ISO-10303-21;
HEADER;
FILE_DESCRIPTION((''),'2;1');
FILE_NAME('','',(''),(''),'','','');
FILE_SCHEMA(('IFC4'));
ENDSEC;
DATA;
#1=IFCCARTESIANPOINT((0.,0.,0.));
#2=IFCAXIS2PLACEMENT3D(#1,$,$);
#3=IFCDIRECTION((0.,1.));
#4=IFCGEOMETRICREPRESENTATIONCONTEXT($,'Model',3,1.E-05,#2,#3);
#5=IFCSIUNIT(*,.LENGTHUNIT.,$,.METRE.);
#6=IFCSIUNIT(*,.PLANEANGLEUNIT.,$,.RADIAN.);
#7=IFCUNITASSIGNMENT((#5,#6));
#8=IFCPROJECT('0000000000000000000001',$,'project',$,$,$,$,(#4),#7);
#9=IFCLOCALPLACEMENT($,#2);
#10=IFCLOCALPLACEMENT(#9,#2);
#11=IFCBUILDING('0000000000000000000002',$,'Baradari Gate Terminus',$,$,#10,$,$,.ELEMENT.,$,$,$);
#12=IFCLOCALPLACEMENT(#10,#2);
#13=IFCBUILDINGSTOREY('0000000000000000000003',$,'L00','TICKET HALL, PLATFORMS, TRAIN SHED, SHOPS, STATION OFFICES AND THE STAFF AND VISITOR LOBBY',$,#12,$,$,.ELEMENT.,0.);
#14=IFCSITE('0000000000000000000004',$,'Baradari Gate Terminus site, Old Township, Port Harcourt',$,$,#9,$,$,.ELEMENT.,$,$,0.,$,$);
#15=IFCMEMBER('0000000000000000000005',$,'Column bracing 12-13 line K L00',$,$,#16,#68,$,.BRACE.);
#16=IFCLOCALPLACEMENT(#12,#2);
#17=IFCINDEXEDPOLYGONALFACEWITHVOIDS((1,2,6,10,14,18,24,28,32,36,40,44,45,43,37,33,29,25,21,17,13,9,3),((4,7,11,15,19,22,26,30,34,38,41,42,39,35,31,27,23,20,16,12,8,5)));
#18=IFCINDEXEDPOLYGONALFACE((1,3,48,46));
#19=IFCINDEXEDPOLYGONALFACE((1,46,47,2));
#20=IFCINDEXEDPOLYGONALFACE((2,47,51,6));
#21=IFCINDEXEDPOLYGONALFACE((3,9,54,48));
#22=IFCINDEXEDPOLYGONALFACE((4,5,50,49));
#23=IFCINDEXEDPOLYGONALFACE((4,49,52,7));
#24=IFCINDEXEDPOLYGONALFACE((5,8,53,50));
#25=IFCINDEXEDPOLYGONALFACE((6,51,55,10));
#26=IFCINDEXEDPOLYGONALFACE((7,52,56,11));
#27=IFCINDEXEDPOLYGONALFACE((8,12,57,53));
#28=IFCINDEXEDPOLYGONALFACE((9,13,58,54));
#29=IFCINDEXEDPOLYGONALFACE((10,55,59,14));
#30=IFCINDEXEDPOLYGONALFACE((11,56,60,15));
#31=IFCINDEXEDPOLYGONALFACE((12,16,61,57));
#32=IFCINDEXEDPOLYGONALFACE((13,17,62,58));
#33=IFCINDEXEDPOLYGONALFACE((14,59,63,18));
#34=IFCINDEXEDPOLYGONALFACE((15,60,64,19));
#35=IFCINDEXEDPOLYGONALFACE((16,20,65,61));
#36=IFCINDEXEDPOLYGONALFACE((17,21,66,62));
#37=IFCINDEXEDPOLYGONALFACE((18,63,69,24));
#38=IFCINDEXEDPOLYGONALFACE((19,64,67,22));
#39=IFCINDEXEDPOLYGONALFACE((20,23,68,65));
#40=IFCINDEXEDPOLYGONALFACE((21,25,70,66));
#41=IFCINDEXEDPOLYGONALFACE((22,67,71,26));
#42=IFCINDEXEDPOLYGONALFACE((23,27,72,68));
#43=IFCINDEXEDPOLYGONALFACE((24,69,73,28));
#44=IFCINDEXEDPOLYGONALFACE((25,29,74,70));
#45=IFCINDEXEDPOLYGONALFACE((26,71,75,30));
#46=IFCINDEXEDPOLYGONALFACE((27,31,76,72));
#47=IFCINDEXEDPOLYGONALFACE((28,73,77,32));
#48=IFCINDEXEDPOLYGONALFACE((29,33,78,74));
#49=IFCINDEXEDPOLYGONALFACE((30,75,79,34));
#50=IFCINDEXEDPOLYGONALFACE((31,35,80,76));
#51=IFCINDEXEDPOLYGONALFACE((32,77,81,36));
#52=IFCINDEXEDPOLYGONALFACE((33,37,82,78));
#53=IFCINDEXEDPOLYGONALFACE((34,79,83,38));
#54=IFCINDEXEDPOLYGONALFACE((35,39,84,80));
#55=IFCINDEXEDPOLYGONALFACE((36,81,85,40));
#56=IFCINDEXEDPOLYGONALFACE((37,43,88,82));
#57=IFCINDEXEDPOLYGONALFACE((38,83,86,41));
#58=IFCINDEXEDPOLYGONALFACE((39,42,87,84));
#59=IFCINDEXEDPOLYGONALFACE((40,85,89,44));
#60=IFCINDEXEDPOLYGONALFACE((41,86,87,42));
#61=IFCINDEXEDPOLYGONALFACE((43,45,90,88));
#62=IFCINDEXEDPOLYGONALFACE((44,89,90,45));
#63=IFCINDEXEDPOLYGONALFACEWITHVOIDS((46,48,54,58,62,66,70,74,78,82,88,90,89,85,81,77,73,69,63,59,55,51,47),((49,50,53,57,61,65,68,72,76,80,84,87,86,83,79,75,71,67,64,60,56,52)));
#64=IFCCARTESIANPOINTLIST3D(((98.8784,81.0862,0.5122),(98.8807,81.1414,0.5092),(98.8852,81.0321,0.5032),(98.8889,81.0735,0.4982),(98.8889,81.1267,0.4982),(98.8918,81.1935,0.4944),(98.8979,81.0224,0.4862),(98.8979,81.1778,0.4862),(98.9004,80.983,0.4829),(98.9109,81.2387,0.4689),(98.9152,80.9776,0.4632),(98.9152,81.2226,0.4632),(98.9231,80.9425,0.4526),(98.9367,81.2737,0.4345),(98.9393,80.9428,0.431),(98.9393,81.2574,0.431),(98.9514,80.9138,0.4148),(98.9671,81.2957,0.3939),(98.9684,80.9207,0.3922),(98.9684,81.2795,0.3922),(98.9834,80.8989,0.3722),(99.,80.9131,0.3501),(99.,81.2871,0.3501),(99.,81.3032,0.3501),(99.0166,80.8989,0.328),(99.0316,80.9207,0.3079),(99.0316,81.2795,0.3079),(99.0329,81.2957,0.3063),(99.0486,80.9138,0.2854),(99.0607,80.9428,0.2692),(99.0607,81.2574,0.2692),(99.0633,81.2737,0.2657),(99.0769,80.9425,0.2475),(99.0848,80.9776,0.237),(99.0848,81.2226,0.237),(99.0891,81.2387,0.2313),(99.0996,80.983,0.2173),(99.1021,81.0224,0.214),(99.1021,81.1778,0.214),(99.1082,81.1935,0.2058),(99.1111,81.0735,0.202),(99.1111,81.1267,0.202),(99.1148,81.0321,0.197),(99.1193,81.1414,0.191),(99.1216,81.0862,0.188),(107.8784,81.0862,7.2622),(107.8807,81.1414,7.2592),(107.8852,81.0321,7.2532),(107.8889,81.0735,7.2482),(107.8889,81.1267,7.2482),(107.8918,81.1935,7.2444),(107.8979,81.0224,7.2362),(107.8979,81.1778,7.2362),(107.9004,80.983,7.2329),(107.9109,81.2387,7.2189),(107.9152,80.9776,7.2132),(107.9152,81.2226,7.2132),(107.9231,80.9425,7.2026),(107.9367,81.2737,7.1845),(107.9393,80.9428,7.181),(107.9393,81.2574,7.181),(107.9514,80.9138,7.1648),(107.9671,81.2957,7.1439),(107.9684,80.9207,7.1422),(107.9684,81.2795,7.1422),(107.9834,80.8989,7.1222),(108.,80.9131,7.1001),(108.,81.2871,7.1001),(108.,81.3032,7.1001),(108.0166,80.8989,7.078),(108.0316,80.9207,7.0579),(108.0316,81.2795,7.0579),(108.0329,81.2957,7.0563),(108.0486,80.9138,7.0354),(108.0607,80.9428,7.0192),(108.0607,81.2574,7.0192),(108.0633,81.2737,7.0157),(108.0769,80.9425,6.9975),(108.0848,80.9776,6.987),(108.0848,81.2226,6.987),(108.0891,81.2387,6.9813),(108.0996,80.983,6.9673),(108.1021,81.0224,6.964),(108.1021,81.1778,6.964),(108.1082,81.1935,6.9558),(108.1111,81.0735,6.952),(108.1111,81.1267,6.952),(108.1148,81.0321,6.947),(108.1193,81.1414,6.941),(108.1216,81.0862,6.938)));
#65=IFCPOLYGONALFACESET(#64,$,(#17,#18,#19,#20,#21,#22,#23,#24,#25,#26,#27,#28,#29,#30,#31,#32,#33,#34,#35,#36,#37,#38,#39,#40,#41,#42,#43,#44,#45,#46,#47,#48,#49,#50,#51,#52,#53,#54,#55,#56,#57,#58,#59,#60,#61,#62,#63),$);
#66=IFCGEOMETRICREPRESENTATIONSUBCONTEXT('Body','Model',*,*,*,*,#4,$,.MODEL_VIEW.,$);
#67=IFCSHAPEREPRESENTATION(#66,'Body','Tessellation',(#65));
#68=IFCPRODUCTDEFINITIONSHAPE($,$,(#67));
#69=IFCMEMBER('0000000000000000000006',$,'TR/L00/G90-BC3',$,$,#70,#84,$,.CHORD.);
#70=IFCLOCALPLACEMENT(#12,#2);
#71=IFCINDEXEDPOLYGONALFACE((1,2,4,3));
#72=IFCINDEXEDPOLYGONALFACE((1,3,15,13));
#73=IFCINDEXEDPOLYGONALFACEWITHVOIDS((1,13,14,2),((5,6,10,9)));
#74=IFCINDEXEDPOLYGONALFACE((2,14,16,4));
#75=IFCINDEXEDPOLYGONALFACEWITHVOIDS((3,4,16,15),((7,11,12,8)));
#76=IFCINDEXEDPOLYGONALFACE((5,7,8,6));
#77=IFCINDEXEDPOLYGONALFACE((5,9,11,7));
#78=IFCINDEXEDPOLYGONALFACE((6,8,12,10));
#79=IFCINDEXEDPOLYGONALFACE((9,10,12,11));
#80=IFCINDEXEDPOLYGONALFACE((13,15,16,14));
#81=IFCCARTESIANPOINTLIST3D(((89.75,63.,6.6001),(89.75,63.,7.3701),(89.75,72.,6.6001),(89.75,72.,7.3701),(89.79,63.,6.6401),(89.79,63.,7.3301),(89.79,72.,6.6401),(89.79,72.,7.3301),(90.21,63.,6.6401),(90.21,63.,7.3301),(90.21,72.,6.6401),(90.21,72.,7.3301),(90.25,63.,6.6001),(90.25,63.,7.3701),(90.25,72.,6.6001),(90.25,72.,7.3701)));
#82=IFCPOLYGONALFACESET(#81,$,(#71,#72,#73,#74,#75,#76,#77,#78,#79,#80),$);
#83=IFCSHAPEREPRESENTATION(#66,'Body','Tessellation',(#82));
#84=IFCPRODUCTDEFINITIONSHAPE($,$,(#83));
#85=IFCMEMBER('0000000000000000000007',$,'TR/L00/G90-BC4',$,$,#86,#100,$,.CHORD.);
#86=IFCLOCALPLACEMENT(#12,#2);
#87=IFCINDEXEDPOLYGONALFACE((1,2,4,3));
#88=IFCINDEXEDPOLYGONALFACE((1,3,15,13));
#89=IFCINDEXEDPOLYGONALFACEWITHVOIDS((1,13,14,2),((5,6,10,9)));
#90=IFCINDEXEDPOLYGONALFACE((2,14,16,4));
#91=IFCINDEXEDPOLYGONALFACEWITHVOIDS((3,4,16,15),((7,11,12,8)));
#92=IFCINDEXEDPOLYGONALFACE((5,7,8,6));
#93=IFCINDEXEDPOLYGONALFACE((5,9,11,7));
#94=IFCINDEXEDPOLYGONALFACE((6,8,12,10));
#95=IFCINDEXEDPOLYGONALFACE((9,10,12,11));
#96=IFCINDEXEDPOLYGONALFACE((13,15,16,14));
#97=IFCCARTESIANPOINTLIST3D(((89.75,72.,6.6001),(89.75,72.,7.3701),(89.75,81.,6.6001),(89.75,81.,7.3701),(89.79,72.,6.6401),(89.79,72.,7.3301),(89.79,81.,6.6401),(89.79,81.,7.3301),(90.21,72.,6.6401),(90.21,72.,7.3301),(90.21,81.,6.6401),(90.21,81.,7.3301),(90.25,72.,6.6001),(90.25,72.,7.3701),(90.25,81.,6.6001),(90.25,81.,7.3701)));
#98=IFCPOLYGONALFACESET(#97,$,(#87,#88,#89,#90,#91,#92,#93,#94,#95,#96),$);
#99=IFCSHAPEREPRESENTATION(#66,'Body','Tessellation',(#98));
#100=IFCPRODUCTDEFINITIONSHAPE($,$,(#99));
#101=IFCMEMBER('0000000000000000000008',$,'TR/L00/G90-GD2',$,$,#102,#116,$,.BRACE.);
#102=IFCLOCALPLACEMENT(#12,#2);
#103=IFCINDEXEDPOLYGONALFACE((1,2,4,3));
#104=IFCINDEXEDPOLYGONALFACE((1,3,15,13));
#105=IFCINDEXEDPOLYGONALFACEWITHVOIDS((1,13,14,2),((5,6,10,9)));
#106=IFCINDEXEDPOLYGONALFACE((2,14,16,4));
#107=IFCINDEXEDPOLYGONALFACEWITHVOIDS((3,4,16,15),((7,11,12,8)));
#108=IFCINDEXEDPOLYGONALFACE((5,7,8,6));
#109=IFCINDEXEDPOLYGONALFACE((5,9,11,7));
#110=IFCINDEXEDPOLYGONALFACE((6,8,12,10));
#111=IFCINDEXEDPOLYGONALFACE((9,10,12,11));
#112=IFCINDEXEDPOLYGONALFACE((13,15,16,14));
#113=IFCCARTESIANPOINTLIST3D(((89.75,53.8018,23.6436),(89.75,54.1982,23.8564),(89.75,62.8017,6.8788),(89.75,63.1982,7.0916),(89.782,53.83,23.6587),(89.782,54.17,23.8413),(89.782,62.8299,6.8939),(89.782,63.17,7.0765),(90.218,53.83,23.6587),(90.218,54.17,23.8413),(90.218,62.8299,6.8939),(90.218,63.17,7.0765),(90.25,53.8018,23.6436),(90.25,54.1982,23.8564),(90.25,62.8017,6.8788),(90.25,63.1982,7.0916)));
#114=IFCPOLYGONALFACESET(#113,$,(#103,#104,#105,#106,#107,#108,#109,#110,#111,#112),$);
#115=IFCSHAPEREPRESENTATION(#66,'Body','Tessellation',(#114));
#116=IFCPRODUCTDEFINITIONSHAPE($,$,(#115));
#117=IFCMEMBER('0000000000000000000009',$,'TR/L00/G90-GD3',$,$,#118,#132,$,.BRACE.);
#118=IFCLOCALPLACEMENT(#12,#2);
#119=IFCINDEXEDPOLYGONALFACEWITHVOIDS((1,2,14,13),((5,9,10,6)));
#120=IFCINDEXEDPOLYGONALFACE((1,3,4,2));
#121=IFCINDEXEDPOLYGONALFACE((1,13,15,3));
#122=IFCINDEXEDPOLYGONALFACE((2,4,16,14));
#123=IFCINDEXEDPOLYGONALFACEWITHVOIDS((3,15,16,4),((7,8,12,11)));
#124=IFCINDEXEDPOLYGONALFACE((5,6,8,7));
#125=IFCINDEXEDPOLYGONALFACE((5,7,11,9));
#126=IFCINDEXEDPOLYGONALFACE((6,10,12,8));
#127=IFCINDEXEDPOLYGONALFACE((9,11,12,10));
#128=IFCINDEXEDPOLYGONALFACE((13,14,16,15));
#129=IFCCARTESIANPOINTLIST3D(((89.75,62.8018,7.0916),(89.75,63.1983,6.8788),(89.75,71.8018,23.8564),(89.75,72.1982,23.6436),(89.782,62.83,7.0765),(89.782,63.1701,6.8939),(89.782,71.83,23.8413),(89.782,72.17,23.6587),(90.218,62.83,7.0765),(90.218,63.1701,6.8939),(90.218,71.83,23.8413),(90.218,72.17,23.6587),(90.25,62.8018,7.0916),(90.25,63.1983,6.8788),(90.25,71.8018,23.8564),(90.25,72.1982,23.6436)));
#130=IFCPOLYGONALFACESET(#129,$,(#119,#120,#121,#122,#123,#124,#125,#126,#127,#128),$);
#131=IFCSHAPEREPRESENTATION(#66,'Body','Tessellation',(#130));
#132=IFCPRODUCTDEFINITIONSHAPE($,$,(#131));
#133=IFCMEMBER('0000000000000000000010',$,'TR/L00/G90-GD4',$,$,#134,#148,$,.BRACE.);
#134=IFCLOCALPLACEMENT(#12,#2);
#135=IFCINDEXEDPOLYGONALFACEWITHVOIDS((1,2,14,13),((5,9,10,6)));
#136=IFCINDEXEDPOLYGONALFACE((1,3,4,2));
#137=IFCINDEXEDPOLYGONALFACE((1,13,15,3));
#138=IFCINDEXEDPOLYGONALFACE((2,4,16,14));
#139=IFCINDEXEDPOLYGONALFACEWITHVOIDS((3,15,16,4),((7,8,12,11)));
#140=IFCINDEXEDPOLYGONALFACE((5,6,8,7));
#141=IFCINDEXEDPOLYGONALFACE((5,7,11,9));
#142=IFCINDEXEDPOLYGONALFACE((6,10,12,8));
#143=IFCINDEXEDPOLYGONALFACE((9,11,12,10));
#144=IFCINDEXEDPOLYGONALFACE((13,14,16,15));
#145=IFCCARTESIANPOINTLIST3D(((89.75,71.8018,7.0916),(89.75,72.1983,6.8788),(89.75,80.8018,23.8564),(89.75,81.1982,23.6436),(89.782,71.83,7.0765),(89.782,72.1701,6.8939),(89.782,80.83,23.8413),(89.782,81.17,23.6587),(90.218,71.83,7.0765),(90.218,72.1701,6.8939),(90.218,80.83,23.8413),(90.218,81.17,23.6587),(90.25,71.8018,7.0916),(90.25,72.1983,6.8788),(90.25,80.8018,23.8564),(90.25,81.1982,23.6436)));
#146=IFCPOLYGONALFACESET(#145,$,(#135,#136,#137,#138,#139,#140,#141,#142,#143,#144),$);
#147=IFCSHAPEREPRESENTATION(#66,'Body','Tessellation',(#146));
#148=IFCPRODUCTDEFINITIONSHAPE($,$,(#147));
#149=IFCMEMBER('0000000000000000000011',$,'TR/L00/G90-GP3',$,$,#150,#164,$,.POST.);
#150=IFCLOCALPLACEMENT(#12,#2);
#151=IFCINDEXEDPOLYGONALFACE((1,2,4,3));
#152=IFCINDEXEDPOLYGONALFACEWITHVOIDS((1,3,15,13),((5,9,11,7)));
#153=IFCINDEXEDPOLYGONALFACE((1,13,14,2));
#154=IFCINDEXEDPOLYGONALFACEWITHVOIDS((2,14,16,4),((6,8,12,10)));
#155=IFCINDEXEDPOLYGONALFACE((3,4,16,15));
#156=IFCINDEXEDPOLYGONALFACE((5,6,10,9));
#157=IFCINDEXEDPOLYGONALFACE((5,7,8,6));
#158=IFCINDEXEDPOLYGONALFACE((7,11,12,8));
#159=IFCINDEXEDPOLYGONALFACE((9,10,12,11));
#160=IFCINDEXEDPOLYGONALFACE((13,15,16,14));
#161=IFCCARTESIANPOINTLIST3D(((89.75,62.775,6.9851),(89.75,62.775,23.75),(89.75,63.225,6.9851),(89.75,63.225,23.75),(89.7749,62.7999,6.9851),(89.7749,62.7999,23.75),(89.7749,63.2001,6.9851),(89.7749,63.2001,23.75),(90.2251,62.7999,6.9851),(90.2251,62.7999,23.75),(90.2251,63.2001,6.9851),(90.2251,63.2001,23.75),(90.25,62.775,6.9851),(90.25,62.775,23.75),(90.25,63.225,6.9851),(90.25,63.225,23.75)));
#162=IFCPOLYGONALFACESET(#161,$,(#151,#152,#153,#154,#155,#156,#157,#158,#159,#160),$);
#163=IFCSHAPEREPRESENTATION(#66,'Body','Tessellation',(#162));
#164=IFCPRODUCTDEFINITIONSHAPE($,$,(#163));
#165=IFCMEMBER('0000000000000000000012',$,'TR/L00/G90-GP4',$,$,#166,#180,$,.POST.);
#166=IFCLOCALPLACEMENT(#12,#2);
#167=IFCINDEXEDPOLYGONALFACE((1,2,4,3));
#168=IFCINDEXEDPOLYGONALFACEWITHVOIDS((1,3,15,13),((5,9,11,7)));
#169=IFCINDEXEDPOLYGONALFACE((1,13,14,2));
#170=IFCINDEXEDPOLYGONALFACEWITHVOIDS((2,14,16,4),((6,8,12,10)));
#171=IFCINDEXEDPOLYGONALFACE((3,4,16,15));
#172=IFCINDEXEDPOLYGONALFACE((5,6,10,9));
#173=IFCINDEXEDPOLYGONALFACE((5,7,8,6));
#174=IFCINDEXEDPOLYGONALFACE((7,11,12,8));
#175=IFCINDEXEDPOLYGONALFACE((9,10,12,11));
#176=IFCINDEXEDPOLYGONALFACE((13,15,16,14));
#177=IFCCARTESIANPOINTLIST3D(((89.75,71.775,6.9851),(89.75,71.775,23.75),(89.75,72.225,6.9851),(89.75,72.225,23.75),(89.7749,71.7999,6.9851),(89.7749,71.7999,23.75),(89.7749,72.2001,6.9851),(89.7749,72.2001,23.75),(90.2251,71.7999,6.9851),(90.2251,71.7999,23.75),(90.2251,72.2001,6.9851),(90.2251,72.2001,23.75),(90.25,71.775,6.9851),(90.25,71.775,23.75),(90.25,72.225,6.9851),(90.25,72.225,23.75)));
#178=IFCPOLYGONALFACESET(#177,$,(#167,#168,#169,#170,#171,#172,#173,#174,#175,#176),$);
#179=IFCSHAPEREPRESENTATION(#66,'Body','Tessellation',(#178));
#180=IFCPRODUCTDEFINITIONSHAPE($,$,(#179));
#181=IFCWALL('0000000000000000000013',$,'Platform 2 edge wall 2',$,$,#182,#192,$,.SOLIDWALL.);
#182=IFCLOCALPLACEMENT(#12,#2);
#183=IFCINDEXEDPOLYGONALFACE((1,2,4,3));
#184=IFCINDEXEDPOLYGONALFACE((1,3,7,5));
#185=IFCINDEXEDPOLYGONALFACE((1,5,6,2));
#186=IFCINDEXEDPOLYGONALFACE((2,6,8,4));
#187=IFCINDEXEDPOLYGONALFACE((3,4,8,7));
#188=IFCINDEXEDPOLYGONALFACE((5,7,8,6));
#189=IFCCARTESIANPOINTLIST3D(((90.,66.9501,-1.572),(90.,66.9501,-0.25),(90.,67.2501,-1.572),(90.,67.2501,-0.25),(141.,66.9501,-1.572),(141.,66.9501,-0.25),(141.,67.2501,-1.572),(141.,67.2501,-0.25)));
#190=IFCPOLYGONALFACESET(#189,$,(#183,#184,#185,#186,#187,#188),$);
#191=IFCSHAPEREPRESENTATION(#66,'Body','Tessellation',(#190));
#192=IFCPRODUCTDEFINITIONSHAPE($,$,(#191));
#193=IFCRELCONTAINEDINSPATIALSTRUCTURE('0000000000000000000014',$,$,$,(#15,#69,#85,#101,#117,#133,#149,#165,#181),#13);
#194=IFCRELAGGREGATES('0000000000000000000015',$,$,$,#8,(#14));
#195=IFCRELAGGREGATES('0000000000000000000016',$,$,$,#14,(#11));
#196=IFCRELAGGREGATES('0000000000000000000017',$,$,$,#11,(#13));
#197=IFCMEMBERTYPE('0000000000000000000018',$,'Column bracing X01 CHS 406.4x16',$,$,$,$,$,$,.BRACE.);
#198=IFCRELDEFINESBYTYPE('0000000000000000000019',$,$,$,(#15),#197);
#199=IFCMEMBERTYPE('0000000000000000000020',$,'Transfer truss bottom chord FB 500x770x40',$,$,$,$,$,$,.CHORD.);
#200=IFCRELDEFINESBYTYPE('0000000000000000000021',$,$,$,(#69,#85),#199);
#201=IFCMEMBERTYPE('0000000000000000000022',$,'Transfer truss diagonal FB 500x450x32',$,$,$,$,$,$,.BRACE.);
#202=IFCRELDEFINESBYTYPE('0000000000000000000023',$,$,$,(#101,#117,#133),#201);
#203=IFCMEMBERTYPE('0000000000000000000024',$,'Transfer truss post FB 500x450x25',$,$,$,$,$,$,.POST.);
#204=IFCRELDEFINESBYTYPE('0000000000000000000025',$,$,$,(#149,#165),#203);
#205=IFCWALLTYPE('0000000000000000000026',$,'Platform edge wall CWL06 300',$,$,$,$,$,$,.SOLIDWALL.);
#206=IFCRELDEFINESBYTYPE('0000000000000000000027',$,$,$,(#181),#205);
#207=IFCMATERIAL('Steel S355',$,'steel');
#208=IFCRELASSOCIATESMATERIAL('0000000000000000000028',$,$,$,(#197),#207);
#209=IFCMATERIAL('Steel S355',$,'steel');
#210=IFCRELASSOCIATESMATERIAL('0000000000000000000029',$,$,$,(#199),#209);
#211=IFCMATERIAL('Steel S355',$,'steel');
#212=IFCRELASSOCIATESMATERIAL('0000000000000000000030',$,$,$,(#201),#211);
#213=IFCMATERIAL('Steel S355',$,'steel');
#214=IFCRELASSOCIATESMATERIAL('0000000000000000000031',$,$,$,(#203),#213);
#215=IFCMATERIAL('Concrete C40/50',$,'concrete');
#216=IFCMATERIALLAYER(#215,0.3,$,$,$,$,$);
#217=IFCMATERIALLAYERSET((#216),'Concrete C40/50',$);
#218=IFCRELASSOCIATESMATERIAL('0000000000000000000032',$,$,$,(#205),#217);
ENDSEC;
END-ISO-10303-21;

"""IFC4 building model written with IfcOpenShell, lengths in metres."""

from ifc_helpers import new_model, si_unit, direction, frame, frame_2d, origin, origin_2d, place, context, subcontext, project, spatial, rectangle, hollow_rectangle, hollow_circle, extrude, material, layer, layer_set, material_profile, profile_set, type_object, element, save


model = new_model("IFC4")

# Units and contexts
model_context = context("Model", 3, precision=1e-05, world=origin(), true_north=direction((0.0, 1.0)))
body_context = subcontext(model_context, "Body", "Model", "MODEL_VIEW")
ifc_project = project(units=[si_unit("LENGTHUNIT", "METRE"), si_unit("PLANEANGLEUNIT", "RADIAN")], contexts=[model_context])

# Site, building, storey
site_placement = place(None, origin())
site = spatial("IfcSite", under=ifc_project, at=site_placement, Name="Baradari Gate Terminus site, Old Township, Port Harcourt", CompositionType="ELEMENT", RefElevation=0.0)
building_placement = place(site_placement, origin())
building = spatial("IfcBuilding", under=site, at=building_placement, Name="Baradari Gate Terminus", CompositionType="ELEMENT")
storey_placement = place(building_placement, origin())
storey = spatial("IfcBuildingStorey", under=building, at=storey_placement, Name="L00", Description="TICKET HALL, PLATFORMS, TRAIN SHED, SHOPS, STATION OFFICES AND THE STAFF AND VISITOR LOBBY", CompositionType="ELEMENT", Elevation=0.0)

# Members
ifc_material_1 = material(Name="Steel S355", Category="steel")
ifc_material_profile_1 = material_profile(ifc_material_1, hollow_circle(Radius=0.2031, WallThickness=0.0161, at=origin_2d()), Name="CHS 406.4x16")
ifc_profile_set_1 = profile_set([ifc_material_profile_1], Name="Steel S355")
member_type_1 = type_object("IfcMemberType", Name="Column bracing X01 CHS 406.4x16", PredefinedType="BRACE", material=ifc_profile_set_1)
member_placement = place(storey_placement, frame((99.0, 81.1001, 0.3501), z_axis=(0.8, 0.0, 0.6), x_axis=(0.0, 1.0, 0.0)))
element("IfcMember", 1, at=member_placement, inside=storey, type_object=member_type_1, Name="Column bracing 12-13 line K L00", PredefinedType="BRACE", context=body_context, shape_type="SweptSolid", body=[
    extrude(hollow_circle(Radius=0.2031, WallThickness=0.0161, at=origin_2d()), origin(), (0.0, 0.0, 1.0), 11.25),
])
ifc_material_2 = material(Name="Steel S355", Category="steel")
ifc_material_profile_2 = material_profile(ifc_material_2, hollow_rectangle(XDim=0.5, YDim=0.77, WallThickness=0.04, at=origin_2d()), Name="FB 500x770x40")
ifc_profile_set_2 = profile_set([ifc_material_profile_2], Name="Steel S355")
member_type_2 = type_object("IfcMemberType", Name="Transfer truss bottom chord FB 500x770x40", PredefinedType="CHORD", material=ifc_profile_set_2)
for number, where, z_axis, x_axis, name in (
    (2, (90.0, 63.0, 6.9851), (0.0, 1.0, 0.0), (-1.0, 0.0, 0.0), "TR/L00/G90-BC3"),
    (3, (90.0, 72.0, 6.9851), (0.0, 1.0, 0.0), (-1.0, 0.0, 0.0), "TR/L00/G90-BC4"),
):
    element("IfcMember", number, at=place(storey_placement, frame(where, z_axis=z_axis, x_axis=x_axis)), inside=storey, type_object=member_type_2, Name=name, PredefinedType="CHORD", context=body_context, shape_type="SweptSolid", body=[
        extrude(hollow_rectangle(XDim=0.5, YDim=0.77, WallThickness=0.04, at=origin_2d()), origin(), (0.0, 0.0, 1.0), 9.0),
    ])
ifc_material_3 = material(Name="Steel S355", Category="steel")
ifc_material_profile_3 = material_profile(ifc_material_3, hollow_rectangle(XDim=0.5, YDim=0.45, WallThickness=0.032, at=origin_2d()), Name="FB 500x450x32")
ifc_profile_set_3 = profile_set([ifc_material_profile_3], Name="Steel S355")
member_type_3 = type_object("IfcMemberType", Name="Transfer truss diagonal FB 500x450x32", PredefinedType="BRACE", material=ifc_profile_set_3)
for number, where, z_axis, x_axis, name in (
    (4, (90.0, 54.0, 23.75), (0.0, 0.472989, -0.881068), (-1.0, 0.0, 0.0), "TR/L00/G90-GD2"),
    (5, (90.0, 72.0, 23.75), (0.0, -0.472989, -0.881068), (1.0, 0.0, 0.0), "TR/L00/G90-GD3"),
    (6, (90.0, 81.0, 23.75), (0.0, -0.472989, -0.881068), (1.0, 0.0, 0.0), "TR/L00/G90-GD4"),
):
    element("IfcMember", number, at=place(storey_placement, frame(where, z_axis=z_axis, x_axis=x_axis)), inside=storey, type_object=member_type_3, Name=name, PredefinedType="BRACE", context=body_context, shape_type="SweptSolid", body=[
        extrude(hollow_rectangle(XDim=0.5, YDim=0.45, WallThickness=0.032, at=origin_2d()), origin(), (0.0, 0.0, 1.0), 19.0278),
    ])
ifc_material_4 = material(Name="Steel S355", Category="steel")
ifc_material_profile_4 = material_profile(ifc_material_4, hollow_rectangle(XDim=0.5, YDim=0.45, WallThickness=0.0249, at=origin_2d()), Name="FB 500x450x25")
ifc_profile_set_4 = profile_set([ifc_material_profile_4], Name="Steel S355")
member_type_4 = type_object("IfcMemberType", Name="Transfer truss post FB 500x450x25", PredefinedType="POST", material=ifc_profile_set_4)
for number, where, z_axis, x_axis, name in (
    (7, (90.0, 63.0, 6.9851), (0.0, 0.0, 1.0), (1.0, 0.0, 0.0), "TR/L00/G90-GP3"),
    (8, (90.0, 72.0, 6.9851), (0.0, 0.0, 1.0), (1.0, 0.0, 0.0), "TR/L00/G90-GP4"),
):
    element("IfcMember", number, at=place(storey_placement, frame(where, z_axis=z_axis, x_axis=x_axis)), inside=storey, type_object=member_type_4, Name=name, PredefinedType="POST", context=body_context, shape_type="SweptSolid", body=[
        extrude(hollow_rectangle(XDim=0.5, YDim=0.45, WallThickness=0.0249, at=origin_2d()), origin(), (0.0, 0.0, 1.0), 16.7649),
    ])

# Wall
ifc_material_5 = material(Name="Concrete C40/50", Category="concrete")
ifc_layer_1 = layer(ifc_material_5, 0.3)
ifc_layer_set_1 = layer_set([ifc_layer_1], Name="Concrete C40/50")
wall_type_1 = type_object("IfcWallType", Name="Platform edge wall CWL06 300", PredefinedType="SOLIDWALL", material=ifc_layer_set_1)
wall_1_placement = place(storey_placement, frame((90.0, 67.1001, -1.572), z_axis=(0.0, 0.0, 1.0), x_axis=(1.0, 0.0, 0.0)))
element("IfcWall", 9, at=wall_1_placement, inside=storey, type_object=wall_type_1, Name="Platform 2 edge wall 2", PredefinedType="SOLIDWALL", context=body_context, shape_type="SweptSolid", body=[
    extrude(rectangle(XDim=51.0, YDim=0.3, at=frame_2d((25.5, 0.0))), origin(), (0.0, 0.0, 1.0), 1.322),
])

save(model, "model.ifc")
